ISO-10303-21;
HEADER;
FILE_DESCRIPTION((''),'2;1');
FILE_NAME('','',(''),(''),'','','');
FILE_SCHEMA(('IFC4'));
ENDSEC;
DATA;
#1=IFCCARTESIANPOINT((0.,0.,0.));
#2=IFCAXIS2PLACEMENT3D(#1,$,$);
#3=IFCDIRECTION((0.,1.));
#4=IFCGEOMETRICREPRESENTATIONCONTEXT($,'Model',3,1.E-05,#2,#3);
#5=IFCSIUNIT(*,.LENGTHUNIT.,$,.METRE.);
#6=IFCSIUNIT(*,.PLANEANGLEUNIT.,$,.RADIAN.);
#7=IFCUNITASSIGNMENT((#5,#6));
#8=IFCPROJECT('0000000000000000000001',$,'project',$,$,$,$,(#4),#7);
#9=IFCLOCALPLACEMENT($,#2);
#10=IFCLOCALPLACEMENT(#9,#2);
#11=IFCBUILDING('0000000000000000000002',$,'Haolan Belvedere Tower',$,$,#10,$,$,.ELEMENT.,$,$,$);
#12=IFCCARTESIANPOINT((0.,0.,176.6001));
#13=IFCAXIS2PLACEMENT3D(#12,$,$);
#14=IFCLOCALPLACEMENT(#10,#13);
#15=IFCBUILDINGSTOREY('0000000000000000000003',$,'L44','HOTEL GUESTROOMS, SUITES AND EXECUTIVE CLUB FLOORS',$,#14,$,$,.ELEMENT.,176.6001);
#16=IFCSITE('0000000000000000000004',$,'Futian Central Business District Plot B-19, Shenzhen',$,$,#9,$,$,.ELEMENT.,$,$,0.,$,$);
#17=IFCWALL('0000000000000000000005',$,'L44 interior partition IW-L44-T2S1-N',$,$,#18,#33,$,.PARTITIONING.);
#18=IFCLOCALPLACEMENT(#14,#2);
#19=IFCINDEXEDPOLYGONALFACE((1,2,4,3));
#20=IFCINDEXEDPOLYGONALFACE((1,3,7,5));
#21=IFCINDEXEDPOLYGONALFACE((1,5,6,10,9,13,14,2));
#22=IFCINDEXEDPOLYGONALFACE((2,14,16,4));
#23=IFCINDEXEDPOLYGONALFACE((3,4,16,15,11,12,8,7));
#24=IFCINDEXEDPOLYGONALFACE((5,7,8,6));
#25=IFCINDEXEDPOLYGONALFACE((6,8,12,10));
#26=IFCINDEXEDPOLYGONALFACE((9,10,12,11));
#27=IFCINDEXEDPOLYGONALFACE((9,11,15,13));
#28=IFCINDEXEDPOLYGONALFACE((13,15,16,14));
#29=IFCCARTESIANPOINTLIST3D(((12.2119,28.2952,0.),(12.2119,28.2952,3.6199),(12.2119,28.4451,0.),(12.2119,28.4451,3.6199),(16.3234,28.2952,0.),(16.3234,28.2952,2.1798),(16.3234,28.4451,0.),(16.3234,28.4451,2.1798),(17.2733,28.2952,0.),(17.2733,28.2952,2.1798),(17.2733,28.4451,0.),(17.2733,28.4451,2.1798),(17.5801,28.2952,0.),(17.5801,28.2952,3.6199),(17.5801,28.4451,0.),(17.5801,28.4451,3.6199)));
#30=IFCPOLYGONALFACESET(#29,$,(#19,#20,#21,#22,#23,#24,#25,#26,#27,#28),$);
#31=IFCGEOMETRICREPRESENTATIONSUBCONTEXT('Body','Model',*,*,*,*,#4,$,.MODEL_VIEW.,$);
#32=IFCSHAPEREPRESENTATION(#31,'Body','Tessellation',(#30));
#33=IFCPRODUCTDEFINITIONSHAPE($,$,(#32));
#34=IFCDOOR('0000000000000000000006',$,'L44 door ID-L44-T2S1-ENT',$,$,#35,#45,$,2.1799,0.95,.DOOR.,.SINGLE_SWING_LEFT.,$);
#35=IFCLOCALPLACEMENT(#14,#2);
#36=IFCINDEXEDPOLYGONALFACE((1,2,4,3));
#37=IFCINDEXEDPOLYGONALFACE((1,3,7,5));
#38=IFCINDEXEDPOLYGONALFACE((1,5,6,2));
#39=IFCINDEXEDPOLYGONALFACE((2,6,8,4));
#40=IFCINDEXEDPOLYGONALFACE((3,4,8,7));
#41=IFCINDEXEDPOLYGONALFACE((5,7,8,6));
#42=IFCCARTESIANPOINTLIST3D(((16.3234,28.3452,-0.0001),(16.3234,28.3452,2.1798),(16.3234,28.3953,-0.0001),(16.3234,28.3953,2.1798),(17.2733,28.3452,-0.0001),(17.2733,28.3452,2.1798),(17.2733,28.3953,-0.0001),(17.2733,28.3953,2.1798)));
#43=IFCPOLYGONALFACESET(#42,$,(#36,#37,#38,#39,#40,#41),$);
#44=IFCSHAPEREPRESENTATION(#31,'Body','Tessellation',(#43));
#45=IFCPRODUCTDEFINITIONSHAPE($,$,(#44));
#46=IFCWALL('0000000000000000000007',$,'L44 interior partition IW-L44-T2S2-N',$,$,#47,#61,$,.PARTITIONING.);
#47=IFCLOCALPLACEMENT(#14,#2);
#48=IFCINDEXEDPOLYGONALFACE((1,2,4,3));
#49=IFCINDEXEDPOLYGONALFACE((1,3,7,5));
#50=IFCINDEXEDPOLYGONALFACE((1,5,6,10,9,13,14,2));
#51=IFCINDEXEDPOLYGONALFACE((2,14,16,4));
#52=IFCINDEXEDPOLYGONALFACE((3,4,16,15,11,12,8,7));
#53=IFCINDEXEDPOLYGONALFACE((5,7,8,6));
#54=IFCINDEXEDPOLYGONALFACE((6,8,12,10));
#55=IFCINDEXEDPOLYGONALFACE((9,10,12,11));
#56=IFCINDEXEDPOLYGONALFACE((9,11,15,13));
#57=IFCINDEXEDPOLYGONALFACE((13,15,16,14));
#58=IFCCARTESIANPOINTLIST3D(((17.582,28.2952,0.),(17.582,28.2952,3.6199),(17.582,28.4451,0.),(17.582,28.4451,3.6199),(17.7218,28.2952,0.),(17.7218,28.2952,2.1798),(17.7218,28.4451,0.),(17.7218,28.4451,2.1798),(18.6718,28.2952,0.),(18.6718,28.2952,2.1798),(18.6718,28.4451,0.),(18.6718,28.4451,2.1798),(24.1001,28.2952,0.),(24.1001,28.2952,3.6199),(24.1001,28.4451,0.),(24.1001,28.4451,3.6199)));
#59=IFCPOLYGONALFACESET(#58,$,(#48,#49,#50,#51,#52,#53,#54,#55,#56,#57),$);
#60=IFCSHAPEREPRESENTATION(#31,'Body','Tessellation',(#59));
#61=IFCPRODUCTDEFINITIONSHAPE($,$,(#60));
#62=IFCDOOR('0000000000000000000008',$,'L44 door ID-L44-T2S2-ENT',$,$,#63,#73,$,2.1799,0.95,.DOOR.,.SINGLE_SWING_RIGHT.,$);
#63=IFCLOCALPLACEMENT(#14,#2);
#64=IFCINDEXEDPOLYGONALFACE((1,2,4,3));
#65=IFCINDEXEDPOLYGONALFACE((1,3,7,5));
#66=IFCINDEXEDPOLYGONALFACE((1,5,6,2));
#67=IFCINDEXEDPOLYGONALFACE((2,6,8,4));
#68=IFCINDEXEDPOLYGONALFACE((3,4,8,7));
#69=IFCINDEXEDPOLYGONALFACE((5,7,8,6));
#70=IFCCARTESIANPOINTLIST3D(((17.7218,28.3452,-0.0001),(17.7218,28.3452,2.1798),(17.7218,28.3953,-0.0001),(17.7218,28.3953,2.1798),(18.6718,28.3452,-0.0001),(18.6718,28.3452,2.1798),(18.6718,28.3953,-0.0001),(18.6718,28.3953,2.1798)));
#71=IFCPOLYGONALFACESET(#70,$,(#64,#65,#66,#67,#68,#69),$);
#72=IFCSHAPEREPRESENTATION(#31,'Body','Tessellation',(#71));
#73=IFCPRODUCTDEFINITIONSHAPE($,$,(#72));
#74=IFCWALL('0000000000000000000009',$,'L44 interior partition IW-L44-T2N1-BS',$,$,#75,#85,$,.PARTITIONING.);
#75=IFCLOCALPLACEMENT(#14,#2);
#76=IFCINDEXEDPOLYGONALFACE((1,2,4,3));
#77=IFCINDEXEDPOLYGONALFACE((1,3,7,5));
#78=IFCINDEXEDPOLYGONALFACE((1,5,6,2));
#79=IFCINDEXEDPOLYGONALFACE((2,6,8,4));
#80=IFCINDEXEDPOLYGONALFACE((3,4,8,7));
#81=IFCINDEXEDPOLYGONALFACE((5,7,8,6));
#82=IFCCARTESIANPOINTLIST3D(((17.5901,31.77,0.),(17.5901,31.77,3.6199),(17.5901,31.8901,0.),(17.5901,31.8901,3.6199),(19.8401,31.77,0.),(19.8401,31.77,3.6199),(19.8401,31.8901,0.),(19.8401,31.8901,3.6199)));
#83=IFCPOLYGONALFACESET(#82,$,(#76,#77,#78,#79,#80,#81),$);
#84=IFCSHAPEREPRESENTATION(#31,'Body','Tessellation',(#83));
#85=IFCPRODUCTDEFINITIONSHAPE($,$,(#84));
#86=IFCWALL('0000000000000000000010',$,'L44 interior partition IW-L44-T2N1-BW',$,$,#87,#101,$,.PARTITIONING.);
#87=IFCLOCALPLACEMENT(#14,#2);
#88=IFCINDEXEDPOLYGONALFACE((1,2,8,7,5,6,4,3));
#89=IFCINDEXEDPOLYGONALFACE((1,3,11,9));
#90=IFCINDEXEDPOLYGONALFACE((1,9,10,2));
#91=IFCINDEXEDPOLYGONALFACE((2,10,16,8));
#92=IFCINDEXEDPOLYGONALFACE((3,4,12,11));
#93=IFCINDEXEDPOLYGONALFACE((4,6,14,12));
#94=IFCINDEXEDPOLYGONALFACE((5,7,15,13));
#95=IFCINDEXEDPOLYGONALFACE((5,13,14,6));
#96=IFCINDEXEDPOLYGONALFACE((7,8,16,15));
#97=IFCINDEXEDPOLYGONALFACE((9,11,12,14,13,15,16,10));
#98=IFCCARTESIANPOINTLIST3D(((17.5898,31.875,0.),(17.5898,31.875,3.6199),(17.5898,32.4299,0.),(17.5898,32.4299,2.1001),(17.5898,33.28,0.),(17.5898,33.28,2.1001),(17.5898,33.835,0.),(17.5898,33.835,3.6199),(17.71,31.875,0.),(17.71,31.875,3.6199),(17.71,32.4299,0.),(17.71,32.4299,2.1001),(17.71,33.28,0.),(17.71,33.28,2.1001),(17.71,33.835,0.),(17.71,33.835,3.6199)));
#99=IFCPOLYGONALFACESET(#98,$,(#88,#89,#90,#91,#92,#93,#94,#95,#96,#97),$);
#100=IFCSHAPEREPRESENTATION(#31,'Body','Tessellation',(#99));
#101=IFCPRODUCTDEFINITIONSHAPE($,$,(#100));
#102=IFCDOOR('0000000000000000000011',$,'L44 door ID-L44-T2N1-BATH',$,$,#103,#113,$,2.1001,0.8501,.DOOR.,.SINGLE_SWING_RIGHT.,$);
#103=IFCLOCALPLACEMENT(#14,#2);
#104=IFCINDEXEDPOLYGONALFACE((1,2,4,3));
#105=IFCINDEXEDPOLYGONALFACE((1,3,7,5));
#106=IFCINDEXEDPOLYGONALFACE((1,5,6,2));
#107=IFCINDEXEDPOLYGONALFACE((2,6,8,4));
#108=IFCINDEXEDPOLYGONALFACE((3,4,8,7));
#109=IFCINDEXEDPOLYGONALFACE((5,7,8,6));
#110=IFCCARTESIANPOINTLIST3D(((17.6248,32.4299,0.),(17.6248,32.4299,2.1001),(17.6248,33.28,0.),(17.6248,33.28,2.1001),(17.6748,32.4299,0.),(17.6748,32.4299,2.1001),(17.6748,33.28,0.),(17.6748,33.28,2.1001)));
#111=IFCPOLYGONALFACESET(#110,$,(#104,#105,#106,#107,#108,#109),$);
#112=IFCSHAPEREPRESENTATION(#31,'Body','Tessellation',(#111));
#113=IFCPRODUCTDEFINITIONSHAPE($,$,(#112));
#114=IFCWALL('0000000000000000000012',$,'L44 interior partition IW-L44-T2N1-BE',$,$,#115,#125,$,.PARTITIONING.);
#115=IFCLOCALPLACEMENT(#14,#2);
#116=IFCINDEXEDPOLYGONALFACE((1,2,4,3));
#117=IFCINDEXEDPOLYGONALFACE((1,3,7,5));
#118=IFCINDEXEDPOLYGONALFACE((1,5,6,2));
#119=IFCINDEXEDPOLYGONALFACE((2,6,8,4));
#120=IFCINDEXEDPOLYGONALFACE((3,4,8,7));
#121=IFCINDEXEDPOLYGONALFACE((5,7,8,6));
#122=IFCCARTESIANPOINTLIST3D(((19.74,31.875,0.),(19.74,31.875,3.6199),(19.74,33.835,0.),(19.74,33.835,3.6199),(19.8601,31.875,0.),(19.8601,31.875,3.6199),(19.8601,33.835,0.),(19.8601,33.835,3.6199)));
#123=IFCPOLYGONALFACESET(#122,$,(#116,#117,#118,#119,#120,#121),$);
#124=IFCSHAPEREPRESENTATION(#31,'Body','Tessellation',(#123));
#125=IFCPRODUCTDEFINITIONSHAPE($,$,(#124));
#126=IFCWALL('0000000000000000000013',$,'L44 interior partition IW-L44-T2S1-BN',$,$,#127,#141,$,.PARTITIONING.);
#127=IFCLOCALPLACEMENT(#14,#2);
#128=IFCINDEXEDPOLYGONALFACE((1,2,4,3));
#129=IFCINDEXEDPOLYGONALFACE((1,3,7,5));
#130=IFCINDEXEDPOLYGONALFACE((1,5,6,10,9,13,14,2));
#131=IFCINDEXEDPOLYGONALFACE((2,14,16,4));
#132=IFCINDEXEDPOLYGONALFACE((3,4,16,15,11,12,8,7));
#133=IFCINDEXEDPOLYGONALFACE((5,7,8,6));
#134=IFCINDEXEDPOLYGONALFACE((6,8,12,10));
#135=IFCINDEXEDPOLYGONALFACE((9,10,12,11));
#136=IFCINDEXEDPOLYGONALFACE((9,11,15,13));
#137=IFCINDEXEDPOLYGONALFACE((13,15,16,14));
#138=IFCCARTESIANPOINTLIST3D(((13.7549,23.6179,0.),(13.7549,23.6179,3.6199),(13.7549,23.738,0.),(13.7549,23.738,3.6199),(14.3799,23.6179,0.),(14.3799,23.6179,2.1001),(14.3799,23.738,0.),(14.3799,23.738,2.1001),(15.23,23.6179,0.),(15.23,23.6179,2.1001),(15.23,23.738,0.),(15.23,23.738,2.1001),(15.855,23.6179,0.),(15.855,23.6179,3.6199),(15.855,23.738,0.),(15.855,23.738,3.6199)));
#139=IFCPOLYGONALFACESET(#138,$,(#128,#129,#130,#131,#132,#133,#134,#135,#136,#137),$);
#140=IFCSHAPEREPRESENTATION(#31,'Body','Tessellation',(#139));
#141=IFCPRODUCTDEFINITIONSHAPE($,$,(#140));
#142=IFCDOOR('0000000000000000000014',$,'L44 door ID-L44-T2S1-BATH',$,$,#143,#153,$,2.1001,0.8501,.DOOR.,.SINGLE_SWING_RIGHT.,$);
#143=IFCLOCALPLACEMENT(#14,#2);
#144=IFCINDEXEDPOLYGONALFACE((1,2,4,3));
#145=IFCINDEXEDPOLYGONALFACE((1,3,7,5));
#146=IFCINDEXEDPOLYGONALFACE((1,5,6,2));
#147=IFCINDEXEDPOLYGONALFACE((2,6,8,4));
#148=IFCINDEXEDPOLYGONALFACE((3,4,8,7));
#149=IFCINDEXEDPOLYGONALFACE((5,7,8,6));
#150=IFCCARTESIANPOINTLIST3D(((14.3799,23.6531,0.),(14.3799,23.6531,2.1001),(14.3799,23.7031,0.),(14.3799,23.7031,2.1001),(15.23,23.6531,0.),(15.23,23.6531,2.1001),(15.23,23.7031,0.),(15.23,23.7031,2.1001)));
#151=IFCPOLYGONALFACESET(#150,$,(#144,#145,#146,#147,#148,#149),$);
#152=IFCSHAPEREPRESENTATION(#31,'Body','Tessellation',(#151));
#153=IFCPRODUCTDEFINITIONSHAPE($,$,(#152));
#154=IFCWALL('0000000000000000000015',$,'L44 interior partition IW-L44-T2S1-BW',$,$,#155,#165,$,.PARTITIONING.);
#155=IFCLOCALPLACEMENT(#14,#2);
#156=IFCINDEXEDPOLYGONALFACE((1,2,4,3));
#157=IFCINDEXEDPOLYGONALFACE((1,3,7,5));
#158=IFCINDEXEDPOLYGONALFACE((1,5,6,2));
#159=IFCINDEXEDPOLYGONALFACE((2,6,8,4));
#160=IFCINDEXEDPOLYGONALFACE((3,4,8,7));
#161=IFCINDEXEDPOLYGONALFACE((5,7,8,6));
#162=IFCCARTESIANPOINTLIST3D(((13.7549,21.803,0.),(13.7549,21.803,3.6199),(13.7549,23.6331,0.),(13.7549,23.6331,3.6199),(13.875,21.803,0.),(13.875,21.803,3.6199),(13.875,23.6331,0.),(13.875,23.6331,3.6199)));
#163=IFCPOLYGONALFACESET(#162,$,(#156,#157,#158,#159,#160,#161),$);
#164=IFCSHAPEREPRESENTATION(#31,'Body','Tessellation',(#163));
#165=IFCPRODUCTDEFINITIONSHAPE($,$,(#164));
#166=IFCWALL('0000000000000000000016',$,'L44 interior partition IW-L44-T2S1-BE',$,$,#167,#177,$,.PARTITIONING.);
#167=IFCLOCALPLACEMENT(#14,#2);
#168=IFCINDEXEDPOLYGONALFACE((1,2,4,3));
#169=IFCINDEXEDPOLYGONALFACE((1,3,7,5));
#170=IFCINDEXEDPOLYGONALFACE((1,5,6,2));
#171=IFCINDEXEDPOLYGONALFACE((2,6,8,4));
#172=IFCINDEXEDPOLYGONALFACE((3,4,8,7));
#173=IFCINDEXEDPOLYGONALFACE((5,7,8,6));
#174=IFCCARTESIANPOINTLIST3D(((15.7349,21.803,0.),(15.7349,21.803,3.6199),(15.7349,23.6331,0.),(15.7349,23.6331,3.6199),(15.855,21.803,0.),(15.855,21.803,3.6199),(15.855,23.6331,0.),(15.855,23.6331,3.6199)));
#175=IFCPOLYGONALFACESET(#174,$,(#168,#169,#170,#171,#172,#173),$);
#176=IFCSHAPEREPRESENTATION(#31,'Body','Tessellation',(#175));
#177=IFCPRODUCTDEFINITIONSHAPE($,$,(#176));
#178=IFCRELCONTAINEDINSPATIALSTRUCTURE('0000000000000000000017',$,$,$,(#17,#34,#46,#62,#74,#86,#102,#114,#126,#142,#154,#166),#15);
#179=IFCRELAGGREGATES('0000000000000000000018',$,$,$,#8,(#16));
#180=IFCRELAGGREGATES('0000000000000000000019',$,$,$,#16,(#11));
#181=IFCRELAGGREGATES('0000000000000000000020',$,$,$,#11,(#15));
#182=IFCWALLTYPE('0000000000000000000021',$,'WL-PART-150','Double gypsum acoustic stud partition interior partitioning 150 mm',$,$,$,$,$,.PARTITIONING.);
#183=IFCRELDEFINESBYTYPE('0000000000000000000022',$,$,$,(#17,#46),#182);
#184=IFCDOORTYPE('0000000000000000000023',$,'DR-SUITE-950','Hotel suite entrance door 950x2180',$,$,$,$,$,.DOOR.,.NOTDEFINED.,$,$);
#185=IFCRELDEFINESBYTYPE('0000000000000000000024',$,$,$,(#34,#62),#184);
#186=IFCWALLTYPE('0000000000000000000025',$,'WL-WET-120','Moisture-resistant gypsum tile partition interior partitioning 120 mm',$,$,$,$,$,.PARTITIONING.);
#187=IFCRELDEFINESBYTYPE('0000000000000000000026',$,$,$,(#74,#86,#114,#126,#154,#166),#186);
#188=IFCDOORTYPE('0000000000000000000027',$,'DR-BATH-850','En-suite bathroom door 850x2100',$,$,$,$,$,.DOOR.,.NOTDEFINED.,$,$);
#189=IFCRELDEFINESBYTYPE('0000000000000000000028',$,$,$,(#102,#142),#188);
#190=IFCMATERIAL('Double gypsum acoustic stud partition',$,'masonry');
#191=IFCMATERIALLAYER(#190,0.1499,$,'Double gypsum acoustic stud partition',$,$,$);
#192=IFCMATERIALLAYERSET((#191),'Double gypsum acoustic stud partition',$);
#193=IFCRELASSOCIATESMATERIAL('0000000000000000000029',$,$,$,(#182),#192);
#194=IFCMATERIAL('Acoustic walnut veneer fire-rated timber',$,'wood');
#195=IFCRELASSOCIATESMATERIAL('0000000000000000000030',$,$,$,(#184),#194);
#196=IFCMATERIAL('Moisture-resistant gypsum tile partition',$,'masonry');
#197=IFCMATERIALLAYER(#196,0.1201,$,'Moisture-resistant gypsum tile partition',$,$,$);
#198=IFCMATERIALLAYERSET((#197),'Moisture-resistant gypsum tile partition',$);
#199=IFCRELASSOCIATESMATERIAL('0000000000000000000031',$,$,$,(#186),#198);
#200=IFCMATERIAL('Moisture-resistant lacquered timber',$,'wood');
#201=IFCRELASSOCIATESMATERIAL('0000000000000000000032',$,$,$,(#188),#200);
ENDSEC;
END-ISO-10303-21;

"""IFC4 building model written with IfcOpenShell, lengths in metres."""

from ifc_helpers import new_model, si_unit, direction, frame, frame_2d, origin, place, context, subcontext, project, spatial, rectangle, extrude, material, layer, layer_set, type_object, element, fill, save


model = new_model("IFC4")

# Units and contexts
model_context = context("Model", 3, precision=1e-05, world=origin(), true_north=direction((0.0, 1.0)))
body_context = subcontext(model_context, "Body", "Model", "MODEL_VIEW")
ifc_project = project(units=[si_unit("LENGTHUNIT", "METRE"), si_unit("PLANEANGLEUNIT", "RADIAN")], contexts=[model_context])

# Site, building, storey
site_placement = place(None, origin())
site = spatial("IfcSite", under=ifc_project, at=site_placement, Name="Futian Central Business District Plot B-19, Shenzhen", CompositionType="ELEMENT", RefElevation=0.0)
building_placement = place(site_placement, origin())
building = spatial("IfcBuilding", under=site, at=building_placement, Name="Haolan Belvedere Tower", CompositionType="ELEMENT")
storey_placement = place(building_placement, frame((0.0, 0.0, 176.6001)))
storey = spatial("IfcBuildingStorey", under=building, at=storey_placement, Name="L44", Description="HOTEL GUESTROOMS, SUITES AND EXECUTIVE CLUB FLOORS", CompositionType="ELEMENT", Elevation=176.6001)

# Shared definitions
ifc_material_1 = material(Name="Double gypsum acoustic stud partition", Category="masonry")
ifc_layer_1 = layer(ifc_material_1, 0.1499, Name="Double gypsum acoustic stud partition")
ifc_layer_set_1 = layer_set([ifc_layer_1], Name="Double gypsum acoustic stud partition")
wall_type_1 = type_object("IfcWallType", Name="WL-PART-150", Description="Double gypsum acoustic stud partition interior partitioning 150 mm", PredefinedType="PARTITIONING", material=ifc_layer_set_1)
ifc_material_2 = material(Name="Acoustic walnut veneer fire-rated timber", Category="wood")
door_type_1 = type_object("IfcDoorType", Name="DR-SUITE-950", Description="Hotel suite entrance door 950x2180", OperationType="NOTDEFINED", PredefinedType="DOOR", material=ifc_material_2)

# Walls, openings, doors
wall_1_placement = place(storey_placement, frame((12.2119, 28.3701, 0.0), z_axis=(0.0, 0.0, 1.0), x_axis=(1.0, 0.0, 0.0)))
wall_1 = element("IfcWall", 1, at=wall_1_placement, inside=storey, type_object=wall_type_1, Name="L44 interior partition IW-L44-T2S1-N", PredefinedType="PARTITIONING", context=body_context, shape_type="SweptSolid", body=[
    extrude(rectangle(XDim=5.3682, YDim=0.1499, at=frame_2d((2.6841, 0.0))), origin(), (0.0, 0.0, 1.0), 3.6199),
])
opening_1_placement = place(wall_1_placement, frame((5.0615, 0.0, 0.0), z_axis=(0.0, 0.0, 1.0), x_axis=(-1.0, 0.0, 0.0)))
opening_1 = element("IfcOpeningElement", 2, at=opening_1_placement, cuts=wall_1, PredefinedType="OPENING", context=body_context, shape_type="SweptSolid", body=[
    extrude(rectangle(XDim=0.95, YDim=2.1799, at=frame_2d((0.4751, 1.0898))), frame((0.0, 0.085, 0.0), z_axis=(0.0, -1.0, 0.0), x_axis=(1.0, 0.0, 0.0)), (0.0, 0.0, 1.0), 0.1699),
])
door_1_placement = place(opening_1_placement, origin())
door_1 = element("IfcDoor", 3, at=door_1_placement, inside=storey, type_object=door_type_1, Name="L44 door ID-L44-T2S1-ENT", OperationType="SINGLE_SWING_LEFT", OverallHeight=2.1799, OverallWidth=0.95, PredefinedType="DOOR", context=body_context, shape_type="SweptSolid", body=[
    extrude(rectangle(XDim=0.95, YDim=2.1799, at=frame_2d((0.4751, 1.0898))), frame((0.0, 0.0249, 0.0), z_axis=(0.0, -1.0, 0.0), x_axis=(1.0, 0.0, 0.0)), (0.0, 0.0, 1.0), 0.05),
])
fill(opening_1, door_1)
wall_2_placement = place(storey_placement, frame((17.582, 28.3701, 0.0), z_axis=(0.0, 0.0, 1.0), x_axis=(1.0, 0.0, 0.0)))
wall_2 = element("IfcWall", 4, at=wall_2_placement, inside=storey, type_object=wall_type_1, Name="L44 interior partition IW-L44-T2S2-N", PredefinedType="PARTITIONING", context=body_context, shape_type="SweptSolid", body=[
    extrude(rectangle(XDim=6.5181, YDim=0.1499, at=frame_2d((3.259, 0.0))), origin(), (0.0, 0.0, 1.0), 3.6199),
])
opening_2_placement = place(wall_2_placement, frame((1.0898, 0.0, 0.0), z_axis=(0.0, 0.0, 1.0), x_axis=(-1.0, 0.0, 0.0)))
opening_2 = element("IfcOpeningElement", 5, at=opening_2_placement, cuts=wall_2, PredefinedType="OPENING", context=body_context, shape_type="SweptSolid", body=[
    extrude(rectangle(XDim=0.95, YDim=2.1799, at=frame_2d((0.4751, 1.0898))), frame((0.0, 0.085, 0.0), z_axis=(0.0, -1.0, 0.0), x_axis=(1.0, 0.0, 0.0)), (0.0, 0.0, 1.0), 0.1699),
])
door_2_placement = place(opening_2_placement, origin())
door_2 = element("IfcDoor", 6, at=door_2_placement, inside=storey, type_object=door_type_1, Name="L44 door ID-L44-T2S2-ENT", OperationType="SINGLE_SWING_RIGHT", OverallHeight=2.1799, OverallWidth=0.95, PredefinedType="DOOR", context=body_context, shape_type="SweptSolid", body=[
    extrude(rectangle(XDim=0.95, YDim=2.1799, at=frame_2d((0.4751, 1.0898))), frame((0.0, 0.0249, 0.0), z_axis=(0.0, -1.0, 0.0), x_axis=(1.0, 0.0, 0.0)), (0.0, 0.0, 1.0), 0.05),
])
fill(opening_2, door_2)

# Wall
ifc_material_3 = material(Name="Moisture-resistant gypsum tile partition", Category="masonry")
ifc_layer_2 = layer(ifc_material_3, 0.1201, Name="Moisture-resistant gypsum tile partition")
ifc_layer_set_2 = layer_set([ifc_layer_2], Name="Moisture-resistant gypsum tile partition")
wall_type_2 = type_object("IfcWallType", Name="WL-WET-120", Description="Moisture-resistant gypsum tile partition interior partitioning 120 mm", PredefinedType="PARTITIONING", material=ifc_layer_set_2)
wall_3_placement = place(storey_placement, frame((17.5901, 31.8301, 0.0), z_axis=(0.0, 0.0, 1.0), x_axis=(1.0, 0.0, 0.0)))
element("IfcWall", 7, at=wall_3_placement, inside=storey, type_object=wall_type_2, Name="L44 interior partition IW-L44-T2N1-BS", PredefinedType="PARTITIONING", context=body_context, shape_type="SweptSolid", body=[
    extrude(rectangle(XDim=2.25, YDim=0.1201, at=frame_2d((1.125, 0.0))), origin(), (0.0, 0.0, 1.0), 3.6199),
])

# Wall, opening, door
wall_4_placement = place(storey_placement, frame((17.6499, 31.875, 0.0), z_axis=(0.0, 0.0, 1.0), x_axis=(0.0, 1.0, 0.0)))
wall_4 = element("IfcWall", 8, at=wall_4_placement, inside=storey, type_object=wall_type_2, Name="L44 interior partition IW-L44-T2N1-BW", PredefinedType="PARTITIONING", context=body_context, shape_type="SweptSolid", body=[
    extrude(rectangle(XDim=1.96, YDim=0.1201, at=frame_2d((0.98, 0.0))), origin(), (0.0, 0.0, 1.0), 3.6199),
])
opening_3_placement = place(wall_4_placement, frame((1.405, 0.0, 0.0), z_axis=(0.0, 0.0, 1.0), x_axis=(-1.0, 0.0, 0.0)))
opening_3 = element("IfcOpeningElement", 9, at=opening_3_placement, cuts=wall_4, PredefinedType="OPENING", context=body_context, shape_type="SweptSolid", body=[
    extrude(rectangle(XDim=0.8501, YDim=2.1001, at=frame_2d((0.425, 1.05))), frame((0.0, 0.0701, 0.0), z_axis=(0.0, -1.0, 0.0), x_axis=(1.0, 0.0, 0.0)), (0.0, 0.0, 1.0), 0.1401),
])
ifc_material_4 = material(Name="Moisture-resistant lacquered timber", Category="wood")
door_type_2 = type_object("IfcDoorType", Name="DR-BATH-850", Description="En-suite bathroom door 850x2100", OperationType="NOTDEFINED", PredefinedType="DOOR", material=ifc_material_4)
door_3_placement = place(opening_3_placement, origin())
door_3 = element("IfcDoor", 10, at=door_3_placement, inside=storey, type_object=door_type_2, Name="L44 door ID-L44-T2N1-BATH", OperationType="SINGLE_SWING_RIGHT", OverallHeight=2.1001, OverallWidth=0.8501, PredefinedType="DOOR", context=body_context, shape_type="SweptSolid", body=[
    extrude(rectangle(XDim=0.8501, YDim=2.1001, at=frame_2d((0.425, 1.05))), frame((0.0, 0.0249, 0.0), z_axis=(0.0, -1.0, 0.0), x_axis=(1.0, 0.0, 0.0)), (0.0, 0.0, 1.0), 0.05),
])
fill(opening_3, door_3)

# Wall
wall_5_placement = place(storey_placement, frame((19.8, 31.875, 0.0), z_axis=(0.0, 0.0, 1.0), x_axis=(0.0, 1.0, 0.0)))
element("IfcWall", 11, at=wall_5_placement, inside=storey, type_object=wall_type_2, Name="L44 interior partition IW-L44-T2N1-BE", PredefinedType="PARTITIONING", context=body_context, shape_type="SweptSolid", body=[
    extrude(rectangle(XDim=1.96, YDim=0.1201, at=frame_2d((0.98, 0.0))), origin(), (0.0, 0.0, 1.0), 3.6199),
])

# Wall, opening, door
wall_6_placement = place(storey_placement, frame((13.7549, 23.678, 0.0), z_axis=(0.0, 0.0, 1.0), x_axis=(1.0, 0.0, 0.0)))
wall_6 = element("IfcWall", 12, at=wall_6_placement, inside=storey, type_object=wall_type_2, Name="L44 interior partition IW-L44-T2S1-BN", PredefinedType="PARTITIONING", context=body_context, shape_type="SweptSolid", body=[
    extrude(rectangle(XDim=2.1001, YDim=0.1201, at=frame_2d((1.05, 0.0))), origin(), (0.0, 0.0, 1.0), 3.6199),
])
opening_4_placement = place(wall_6_placement, frame((1.4751, 0.0, 0.0), z_axis=(0.0, 0.0, 1.0), x_axis=(-1.0, 0.0, 0.0)))
opening_4 = element("IfcOpeningElement", 13, at=opening_4_placement, cuts=wall_6, PredefinedType="OPENING", context=body_context, shape_type="SweptSolid", body=[
    extrude(rectangle(XDim=0.8501, YDim=2.1001, at=frame_2d((0.425, 1.05))), frame((0.0, 0.0701, 0.0), z_axis=(0.0, -1.0, 0.0), x_axis=(1.0, 0.0, 0.0)), (0.0, 0.0, 1.0), 0.1401),
])
door_4_placement = place(opening_4_placement, origin())
door_4 = element("IfcDoor", 14, at=door_4_placement, inside=storey, type_object=door_type_2, Name="L44 door ID-L44-T2S1-BATH", OperationType="SINGLE_SWING_RIGHT", OverallHeight=2.1001, OverallWidth=0.8501, PredefinedType="DOOR", context=body_context, shape_type="SweptSolid", body=[
    extrude(rectangle(XDim=0.8501, YDim=2.1001, at=frame_2d((0.425, 1.05))), frame((0.0, 0.0249, 0.0), z_axis=(0.0, -1.0, 0.0), x_axis=(1.0, 0.0, 0.0)), (0.0, 0.0, 1.0), 0.05),
])
fill(opening_4, door_4)

# Walls
for number, where, z_axis, x_axis, name in (
    (15, (13.8149, 21.803, 0.0), (0.0, 0.0, 1.0), (0.0, 1.0, 0.0), "L44 interior partition IW-L44-T2S1-BW"),
    (16, (15.7949, 21.803, 0.0), (0.0, 0.0, 1.0), (0.0, 1.0, 0.0), "L44 interior partition IW-L44-T2S1-BE"),
):
    element("IfcWall", number, at=place(storey_placement, frame(where, z_axis=z_axis, x_axis=x_axis)), inside=storey, type_object=wall_type_2, Name=name, PredefinedType="PARTITIONING", context=body_context, shape_type="SweptSolid", body=[
        extrude(rectangle(XDim=1.8301, YDim=0.1201, at=frame_2d((0.915, 0.0))), origin(), (0.0, 0.0, 1.0), 3.6199),
    ])

save(model, "model.ifc")
